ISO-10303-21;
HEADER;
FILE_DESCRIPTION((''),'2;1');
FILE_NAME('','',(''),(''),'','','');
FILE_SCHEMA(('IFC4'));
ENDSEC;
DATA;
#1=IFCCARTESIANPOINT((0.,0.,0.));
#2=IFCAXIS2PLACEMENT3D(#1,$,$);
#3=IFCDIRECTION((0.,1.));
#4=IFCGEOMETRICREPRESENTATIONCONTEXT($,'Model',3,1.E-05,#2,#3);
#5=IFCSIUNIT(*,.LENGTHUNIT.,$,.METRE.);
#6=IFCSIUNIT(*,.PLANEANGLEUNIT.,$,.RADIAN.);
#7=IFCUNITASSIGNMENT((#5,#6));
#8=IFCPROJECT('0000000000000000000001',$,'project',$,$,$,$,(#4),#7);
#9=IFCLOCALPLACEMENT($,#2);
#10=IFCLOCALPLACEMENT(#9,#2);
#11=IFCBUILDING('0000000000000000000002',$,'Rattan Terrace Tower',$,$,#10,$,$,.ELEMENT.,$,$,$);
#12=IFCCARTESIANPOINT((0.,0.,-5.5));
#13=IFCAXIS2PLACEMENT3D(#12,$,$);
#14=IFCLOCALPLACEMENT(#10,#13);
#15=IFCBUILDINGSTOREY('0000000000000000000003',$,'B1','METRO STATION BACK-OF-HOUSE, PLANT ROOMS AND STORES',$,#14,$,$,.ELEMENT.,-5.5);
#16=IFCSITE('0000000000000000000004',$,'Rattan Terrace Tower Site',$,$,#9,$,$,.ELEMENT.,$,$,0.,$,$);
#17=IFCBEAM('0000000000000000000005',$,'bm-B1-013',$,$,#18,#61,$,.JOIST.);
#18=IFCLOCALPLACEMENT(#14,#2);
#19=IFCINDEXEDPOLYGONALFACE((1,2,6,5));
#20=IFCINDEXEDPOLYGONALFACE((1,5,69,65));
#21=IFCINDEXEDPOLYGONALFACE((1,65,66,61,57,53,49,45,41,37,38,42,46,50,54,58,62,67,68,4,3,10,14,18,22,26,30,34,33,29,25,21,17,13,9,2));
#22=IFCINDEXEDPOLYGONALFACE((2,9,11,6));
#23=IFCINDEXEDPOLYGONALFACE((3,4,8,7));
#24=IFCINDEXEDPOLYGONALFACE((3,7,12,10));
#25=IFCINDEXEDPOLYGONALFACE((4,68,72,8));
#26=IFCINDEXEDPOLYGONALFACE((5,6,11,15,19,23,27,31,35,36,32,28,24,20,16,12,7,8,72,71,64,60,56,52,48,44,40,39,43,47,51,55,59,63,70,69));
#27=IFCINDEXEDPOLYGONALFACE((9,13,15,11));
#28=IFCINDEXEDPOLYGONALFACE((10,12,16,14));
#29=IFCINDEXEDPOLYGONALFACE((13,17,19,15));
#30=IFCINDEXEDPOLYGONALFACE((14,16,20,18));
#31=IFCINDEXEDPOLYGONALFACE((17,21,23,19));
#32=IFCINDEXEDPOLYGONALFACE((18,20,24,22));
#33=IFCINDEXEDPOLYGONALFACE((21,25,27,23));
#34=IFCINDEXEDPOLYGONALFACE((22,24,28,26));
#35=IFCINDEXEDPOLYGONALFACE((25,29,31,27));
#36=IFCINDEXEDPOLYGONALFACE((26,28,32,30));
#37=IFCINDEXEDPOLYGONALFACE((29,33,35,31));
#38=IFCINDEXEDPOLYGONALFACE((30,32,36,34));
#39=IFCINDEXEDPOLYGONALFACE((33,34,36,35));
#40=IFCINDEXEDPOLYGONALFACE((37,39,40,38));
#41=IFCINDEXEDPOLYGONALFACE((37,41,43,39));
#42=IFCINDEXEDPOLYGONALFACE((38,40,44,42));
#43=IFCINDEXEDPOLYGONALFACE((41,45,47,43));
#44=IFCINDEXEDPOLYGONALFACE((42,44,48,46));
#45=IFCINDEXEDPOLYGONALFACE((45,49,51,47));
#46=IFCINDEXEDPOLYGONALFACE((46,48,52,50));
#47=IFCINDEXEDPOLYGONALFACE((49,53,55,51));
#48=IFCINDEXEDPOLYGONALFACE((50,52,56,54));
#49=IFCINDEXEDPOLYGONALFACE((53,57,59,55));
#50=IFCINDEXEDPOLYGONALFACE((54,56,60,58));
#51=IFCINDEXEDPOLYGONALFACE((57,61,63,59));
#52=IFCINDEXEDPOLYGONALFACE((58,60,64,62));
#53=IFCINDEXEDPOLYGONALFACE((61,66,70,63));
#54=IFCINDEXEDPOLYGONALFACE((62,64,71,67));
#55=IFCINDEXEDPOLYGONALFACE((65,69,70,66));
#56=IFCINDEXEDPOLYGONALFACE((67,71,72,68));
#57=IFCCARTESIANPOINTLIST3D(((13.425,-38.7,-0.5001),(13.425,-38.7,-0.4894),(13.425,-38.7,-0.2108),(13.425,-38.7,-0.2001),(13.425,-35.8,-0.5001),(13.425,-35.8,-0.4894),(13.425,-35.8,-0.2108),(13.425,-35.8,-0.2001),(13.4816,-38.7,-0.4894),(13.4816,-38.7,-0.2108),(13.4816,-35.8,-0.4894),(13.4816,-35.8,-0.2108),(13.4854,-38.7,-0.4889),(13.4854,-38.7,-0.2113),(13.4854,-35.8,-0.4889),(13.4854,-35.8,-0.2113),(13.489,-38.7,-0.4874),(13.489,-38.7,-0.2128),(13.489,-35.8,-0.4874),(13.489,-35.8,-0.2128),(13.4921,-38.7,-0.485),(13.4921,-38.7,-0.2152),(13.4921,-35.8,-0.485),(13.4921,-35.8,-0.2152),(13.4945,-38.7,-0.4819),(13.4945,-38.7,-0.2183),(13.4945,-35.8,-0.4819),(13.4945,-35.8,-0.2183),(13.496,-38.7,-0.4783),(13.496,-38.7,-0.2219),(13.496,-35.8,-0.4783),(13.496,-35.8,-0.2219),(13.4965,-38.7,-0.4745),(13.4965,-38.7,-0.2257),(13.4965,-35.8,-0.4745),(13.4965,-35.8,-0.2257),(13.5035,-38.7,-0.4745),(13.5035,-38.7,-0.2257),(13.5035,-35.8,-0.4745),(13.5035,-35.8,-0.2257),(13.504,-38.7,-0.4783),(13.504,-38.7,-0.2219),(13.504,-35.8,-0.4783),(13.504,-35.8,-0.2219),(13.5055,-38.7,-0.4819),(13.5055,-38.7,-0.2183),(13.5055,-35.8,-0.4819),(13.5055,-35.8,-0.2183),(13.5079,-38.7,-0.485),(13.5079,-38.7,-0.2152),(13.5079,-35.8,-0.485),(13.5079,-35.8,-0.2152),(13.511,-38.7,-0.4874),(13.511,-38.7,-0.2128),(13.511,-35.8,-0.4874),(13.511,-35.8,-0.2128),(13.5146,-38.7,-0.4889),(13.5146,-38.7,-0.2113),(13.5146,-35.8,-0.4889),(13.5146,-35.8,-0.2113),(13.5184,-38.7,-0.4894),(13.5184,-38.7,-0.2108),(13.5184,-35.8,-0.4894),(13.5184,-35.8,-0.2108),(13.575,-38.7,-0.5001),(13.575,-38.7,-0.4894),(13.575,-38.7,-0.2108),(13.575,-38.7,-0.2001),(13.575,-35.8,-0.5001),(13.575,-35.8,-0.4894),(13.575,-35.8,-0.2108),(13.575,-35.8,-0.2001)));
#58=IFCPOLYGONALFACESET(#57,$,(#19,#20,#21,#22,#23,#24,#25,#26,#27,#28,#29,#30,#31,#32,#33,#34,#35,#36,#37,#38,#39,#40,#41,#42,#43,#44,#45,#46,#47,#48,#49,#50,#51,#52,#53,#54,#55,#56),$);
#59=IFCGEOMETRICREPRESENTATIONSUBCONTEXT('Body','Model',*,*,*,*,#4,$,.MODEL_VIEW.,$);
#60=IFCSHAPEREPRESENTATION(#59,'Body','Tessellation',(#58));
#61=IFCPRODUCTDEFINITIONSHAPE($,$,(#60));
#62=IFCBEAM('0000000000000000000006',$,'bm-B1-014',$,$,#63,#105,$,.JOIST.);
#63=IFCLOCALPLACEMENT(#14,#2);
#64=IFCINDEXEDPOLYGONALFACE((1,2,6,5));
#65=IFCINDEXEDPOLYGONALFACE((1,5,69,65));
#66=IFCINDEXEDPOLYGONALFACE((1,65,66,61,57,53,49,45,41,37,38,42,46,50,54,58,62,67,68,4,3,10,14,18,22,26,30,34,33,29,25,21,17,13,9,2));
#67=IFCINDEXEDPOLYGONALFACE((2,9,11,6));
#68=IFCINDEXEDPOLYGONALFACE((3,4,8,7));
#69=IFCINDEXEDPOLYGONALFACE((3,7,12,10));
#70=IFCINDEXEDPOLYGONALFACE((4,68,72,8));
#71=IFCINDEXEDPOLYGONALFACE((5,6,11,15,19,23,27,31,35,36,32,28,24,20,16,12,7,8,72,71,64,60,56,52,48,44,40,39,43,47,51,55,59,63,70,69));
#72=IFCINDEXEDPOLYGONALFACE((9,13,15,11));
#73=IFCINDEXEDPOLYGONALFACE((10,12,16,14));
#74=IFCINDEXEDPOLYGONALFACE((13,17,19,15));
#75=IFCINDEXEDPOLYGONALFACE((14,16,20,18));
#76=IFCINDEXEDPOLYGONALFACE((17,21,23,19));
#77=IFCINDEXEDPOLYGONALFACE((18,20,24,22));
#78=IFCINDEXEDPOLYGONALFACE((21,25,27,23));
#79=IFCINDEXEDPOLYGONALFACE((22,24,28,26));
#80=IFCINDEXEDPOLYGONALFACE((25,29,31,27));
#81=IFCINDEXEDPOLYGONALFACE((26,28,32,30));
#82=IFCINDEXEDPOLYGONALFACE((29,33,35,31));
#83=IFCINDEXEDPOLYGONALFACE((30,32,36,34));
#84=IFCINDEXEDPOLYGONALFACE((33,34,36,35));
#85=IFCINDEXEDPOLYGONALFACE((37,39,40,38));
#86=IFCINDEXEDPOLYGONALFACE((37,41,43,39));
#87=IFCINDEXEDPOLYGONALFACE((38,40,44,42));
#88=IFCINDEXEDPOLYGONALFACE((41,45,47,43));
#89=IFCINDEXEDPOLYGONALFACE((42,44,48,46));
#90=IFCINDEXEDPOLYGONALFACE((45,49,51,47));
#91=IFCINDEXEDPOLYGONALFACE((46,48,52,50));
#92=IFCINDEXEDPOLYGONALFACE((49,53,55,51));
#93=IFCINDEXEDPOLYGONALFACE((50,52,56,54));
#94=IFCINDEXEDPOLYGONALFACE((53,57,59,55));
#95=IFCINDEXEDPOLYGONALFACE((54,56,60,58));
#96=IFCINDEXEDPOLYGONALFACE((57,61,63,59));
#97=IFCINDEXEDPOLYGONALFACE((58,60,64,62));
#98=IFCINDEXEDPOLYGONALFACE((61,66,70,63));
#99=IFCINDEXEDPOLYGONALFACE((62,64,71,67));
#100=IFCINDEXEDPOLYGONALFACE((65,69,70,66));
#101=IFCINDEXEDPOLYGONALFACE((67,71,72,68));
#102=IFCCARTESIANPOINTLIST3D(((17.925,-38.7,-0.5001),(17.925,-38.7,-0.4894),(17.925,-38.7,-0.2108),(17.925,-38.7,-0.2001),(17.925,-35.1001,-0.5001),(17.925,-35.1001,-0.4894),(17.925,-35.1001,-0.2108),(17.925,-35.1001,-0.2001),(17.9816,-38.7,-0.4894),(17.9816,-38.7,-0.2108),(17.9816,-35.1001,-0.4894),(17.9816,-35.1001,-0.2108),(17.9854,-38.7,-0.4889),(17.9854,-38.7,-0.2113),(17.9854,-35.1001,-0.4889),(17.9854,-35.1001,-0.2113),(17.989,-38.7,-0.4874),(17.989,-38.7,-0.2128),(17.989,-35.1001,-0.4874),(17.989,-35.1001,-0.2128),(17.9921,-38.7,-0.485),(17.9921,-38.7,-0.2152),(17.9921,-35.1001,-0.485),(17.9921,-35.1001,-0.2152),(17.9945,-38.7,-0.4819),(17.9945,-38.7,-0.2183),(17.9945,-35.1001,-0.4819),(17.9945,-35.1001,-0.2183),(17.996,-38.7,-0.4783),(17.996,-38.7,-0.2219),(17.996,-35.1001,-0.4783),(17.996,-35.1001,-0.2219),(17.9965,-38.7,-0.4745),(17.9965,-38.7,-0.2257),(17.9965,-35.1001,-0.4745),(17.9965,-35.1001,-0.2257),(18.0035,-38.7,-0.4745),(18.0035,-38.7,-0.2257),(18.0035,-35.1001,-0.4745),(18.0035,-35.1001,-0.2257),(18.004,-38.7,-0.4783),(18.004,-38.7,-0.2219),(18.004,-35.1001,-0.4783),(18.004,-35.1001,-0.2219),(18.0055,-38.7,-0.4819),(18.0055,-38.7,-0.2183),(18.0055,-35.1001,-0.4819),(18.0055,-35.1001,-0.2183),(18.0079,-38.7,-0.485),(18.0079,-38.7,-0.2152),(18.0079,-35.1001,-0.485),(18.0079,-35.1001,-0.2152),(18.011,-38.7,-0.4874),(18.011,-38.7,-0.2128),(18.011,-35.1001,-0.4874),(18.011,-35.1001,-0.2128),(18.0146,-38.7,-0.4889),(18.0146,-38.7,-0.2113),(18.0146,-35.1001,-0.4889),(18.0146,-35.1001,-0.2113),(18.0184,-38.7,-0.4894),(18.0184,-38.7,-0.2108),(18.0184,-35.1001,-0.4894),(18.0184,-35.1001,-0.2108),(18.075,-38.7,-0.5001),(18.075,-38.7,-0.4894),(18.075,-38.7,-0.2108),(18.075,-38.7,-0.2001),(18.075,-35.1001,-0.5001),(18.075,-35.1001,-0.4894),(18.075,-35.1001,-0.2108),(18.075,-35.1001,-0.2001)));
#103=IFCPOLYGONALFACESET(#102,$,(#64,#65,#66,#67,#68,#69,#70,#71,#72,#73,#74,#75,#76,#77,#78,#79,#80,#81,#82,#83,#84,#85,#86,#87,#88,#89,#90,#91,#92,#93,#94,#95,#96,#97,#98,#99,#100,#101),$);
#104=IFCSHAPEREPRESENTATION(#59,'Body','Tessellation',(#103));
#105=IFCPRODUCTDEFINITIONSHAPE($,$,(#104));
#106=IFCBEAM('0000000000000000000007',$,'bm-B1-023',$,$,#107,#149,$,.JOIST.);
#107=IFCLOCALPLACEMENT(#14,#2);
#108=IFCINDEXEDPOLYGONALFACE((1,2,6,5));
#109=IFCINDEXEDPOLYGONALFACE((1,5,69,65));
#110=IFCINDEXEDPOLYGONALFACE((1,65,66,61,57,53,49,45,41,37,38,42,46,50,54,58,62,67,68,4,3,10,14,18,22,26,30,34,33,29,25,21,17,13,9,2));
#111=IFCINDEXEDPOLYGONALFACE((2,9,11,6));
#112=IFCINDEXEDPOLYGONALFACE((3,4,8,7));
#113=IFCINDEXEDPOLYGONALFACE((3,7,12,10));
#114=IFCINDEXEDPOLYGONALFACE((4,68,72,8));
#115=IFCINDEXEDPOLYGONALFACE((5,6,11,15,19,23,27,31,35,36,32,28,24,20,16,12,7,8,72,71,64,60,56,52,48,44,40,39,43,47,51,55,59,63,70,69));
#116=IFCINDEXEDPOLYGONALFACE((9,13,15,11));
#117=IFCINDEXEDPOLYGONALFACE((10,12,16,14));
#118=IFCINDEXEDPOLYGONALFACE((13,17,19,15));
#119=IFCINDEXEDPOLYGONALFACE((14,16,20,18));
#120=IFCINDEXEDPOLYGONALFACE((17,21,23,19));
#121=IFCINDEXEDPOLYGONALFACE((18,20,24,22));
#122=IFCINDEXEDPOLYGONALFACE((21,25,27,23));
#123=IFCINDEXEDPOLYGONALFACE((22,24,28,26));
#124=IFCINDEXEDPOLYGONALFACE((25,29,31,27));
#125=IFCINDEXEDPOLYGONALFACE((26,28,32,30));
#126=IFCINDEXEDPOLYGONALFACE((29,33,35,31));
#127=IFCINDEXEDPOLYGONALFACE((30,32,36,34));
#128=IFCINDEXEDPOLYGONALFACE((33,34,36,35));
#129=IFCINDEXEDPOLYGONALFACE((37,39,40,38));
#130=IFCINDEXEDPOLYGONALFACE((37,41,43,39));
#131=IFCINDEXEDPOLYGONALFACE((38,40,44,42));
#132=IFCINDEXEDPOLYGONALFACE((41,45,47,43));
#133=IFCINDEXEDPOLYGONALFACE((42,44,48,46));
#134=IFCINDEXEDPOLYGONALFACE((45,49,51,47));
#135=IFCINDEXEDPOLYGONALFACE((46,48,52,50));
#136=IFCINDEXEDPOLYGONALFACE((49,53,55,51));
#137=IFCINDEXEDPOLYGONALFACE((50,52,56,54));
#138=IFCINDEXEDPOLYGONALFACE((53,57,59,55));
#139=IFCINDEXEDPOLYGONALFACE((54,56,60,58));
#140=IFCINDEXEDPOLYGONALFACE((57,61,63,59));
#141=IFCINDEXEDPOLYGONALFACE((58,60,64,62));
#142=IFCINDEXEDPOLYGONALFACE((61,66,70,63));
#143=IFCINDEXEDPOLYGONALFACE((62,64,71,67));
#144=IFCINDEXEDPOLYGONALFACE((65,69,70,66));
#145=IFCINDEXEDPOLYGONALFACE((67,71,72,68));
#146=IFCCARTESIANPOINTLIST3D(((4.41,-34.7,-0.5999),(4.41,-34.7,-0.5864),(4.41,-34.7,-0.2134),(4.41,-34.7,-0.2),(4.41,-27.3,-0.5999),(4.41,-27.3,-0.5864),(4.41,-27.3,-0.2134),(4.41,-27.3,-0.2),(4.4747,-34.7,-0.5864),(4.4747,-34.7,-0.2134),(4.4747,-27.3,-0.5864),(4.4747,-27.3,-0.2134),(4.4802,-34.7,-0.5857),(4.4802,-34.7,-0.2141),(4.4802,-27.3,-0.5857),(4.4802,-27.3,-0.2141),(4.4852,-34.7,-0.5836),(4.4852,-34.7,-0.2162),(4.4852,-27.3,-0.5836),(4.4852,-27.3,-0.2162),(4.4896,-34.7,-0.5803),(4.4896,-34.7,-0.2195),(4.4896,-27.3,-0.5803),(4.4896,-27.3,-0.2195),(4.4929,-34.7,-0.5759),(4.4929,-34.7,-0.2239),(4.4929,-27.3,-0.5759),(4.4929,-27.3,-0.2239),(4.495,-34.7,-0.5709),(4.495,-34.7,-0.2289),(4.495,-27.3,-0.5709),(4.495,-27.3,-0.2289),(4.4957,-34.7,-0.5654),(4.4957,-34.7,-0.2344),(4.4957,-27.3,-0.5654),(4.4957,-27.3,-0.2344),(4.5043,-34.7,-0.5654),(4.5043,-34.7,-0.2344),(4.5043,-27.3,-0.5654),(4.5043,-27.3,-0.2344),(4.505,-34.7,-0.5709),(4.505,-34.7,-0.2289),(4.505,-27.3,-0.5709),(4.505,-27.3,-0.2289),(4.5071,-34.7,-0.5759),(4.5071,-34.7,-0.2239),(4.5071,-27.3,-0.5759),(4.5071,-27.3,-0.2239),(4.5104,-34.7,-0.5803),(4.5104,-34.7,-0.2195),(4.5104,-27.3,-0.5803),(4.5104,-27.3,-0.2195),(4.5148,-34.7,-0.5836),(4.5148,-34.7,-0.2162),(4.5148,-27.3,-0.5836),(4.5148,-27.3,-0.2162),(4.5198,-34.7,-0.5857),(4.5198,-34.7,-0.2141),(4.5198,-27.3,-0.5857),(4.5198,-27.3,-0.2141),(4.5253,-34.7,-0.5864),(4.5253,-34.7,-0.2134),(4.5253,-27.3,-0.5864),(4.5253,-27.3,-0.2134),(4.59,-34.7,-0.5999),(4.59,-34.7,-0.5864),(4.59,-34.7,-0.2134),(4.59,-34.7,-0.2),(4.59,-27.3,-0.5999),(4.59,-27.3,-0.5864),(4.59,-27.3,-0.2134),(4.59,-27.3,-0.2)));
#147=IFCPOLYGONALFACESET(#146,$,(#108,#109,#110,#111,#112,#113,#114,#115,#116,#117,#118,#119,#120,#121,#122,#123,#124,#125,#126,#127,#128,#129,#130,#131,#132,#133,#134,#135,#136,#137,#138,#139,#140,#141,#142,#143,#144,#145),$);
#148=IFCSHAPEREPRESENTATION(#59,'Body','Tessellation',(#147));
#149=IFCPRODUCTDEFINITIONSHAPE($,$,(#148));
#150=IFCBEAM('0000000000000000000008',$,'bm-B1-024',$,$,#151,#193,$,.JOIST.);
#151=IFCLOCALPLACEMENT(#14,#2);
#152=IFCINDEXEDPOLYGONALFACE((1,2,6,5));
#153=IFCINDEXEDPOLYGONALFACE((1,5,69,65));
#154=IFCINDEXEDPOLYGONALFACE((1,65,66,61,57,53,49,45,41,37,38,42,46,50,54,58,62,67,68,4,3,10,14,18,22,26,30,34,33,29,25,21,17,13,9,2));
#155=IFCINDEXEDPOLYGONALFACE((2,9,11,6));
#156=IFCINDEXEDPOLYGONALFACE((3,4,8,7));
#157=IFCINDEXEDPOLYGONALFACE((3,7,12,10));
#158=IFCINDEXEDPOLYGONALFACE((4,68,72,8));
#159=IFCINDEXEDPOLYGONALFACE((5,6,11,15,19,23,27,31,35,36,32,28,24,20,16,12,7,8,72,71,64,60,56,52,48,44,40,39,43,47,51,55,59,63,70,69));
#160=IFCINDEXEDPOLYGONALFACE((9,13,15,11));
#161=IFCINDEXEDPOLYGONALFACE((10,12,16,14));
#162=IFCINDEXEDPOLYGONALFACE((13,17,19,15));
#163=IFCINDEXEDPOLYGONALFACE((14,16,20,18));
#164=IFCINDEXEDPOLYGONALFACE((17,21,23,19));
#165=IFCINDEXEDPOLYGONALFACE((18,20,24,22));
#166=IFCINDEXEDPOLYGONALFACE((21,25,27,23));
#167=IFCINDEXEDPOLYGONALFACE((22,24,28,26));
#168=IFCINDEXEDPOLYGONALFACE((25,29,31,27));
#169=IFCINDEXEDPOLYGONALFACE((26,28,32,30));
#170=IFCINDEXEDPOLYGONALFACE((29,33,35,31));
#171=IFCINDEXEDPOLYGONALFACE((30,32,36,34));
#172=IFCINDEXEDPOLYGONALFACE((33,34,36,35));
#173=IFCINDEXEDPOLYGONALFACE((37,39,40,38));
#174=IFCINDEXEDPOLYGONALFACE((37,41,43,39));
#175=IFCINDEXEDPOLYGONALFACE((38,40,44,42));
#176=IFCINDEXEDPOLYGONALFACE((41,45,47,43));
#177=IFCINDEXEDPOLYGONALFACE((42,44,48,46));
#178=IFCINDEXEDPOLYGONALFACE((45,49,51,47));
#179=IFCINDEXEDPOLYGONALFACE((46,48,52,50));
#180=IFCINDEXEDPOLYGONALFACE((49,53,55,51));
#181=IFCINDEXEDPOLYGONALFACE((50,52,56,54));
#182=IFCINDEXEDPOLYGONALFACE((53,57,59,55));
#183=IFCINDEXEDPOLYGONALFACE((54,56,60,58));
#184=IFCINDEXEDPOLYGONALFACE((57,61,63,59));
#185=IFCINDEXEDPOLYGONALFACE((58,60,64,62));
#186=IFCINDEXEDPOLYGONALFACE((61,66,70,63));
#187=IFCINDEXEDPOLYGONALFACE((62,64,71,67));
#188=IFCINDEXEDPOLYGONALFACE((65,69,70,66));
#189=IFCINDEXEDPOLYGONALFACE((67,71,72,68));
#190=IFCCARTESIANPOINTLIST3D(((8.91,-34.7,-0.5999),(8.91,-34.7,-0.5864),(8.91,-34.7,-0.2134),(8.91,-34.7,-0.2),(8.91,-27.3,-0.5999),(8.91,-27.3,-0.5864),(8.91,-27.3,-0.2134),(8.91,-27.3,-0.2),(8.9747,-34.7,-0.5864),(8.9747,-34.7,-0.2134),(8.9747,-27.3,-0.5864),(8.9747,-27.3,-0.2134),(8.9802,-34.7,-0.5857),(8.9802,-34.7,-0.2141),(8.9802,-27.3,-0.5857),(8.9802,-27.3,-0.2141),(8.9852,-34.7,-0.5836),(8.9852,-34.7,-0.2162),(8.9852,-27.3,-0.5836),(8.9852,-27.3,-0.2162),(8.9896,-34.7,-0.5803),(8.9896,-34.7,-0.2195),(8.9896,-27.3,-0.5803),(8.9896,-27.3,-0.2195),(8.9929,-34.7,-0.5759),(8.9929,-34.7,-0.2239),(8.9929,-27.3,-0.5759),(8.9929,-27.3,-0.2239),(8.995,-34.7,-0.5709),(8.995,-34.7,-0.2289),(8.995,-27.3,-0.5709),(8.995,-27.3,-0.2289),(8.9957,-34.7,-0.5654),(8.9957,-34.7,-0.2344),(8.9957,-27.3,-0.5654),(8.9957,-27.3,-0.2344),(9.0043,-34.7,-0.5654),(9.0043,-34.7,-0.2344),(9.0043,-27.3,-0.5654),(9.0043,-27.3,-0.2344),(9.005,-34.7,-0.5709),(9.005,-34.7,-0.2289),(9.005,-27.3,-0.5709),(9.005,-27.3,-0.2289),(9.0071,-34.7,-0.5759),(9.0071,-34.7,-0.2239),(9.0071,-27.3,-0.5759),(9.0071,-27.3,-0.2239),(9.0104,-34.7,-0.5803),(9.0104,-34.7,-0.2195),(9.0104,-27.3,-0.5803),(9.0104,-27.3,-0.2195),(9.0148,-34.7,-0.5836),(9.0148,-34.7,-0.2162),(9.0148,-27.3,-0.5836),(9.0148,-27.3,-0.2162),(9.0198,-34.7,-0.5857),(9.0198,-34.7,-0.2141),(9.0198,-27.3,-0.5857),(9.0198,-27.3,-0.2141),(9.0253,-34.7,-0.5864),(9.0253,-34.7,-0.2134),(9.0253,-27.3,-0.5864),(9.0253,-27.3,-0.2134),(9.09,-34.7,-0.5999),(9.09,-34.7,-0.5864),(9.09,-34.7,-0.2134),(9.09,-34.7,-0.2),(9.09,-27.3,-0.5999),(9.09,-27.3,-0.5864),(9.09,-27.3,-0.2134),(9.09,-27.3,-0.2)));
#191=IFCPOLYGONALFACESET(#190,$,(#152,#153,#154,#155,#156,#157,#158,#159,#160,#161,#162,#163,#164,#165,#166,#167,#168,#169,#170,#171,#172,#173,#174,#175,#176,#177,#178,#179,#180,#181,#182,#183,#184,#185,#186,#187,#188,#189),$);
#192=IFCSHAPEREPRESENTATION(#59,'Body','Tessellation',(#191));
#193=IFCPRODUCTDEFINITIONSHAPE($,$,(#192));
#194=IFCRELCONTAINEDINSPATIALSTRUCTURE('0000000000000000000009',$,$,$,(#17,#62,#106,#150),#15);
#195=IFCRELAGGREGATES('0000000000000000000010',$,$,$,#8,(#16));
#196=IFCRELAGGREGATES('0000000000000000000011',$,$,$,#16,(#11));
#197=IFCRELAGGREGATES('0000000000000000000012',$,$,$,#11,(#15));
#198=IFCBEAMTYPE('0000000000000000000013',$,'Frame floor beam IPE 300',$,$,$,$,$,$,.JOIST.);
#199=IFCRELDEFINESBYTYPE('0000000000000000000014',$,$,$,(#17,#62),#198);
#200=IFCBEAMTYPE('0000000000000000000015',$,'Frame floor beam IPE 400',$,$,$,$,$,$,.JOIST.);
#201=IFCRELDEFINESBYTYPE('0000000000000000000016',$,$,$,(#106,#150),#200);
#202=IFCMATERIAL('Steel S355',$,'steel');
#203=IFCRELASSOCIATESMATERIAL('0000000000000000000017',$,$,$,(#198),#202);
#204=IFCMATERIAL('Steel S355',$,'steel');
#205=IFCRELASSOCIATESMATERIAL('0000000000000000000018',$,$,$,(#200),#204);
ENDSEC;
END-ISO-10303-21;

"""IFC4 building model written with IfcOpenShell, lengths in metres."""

from ifc_helpers import new_model, si_unit, direction, frame, origin, origin_2d, place, context, subcontext, project, spatial, i_section, extrude, material, material_profile, profile_set, type_object, element, save


model = new_model("IFC4")

# Units and contexts
model_context = context("Model", 3, precision=1e-05, world=origin(), true_north=direction((0.0, 1.0)))
body_context = subcontext(model_context, "Body", "Model", "MODEL_VIEW")
ifc_project = project(units=[si_unit("LENGTHUNIT", "METRE"), si_unit("PLANEANGLEUNIT", "RADIAN")], contexts=[model_context])

# Site, building, storey
site_placement = place(None, origin())
site = spatial("IfcSite", under=ifc_project, at=site_placement, Name="Rattan Terrace Tower Site", CompositionType="ELEMENT", RefElevation=0.0)
building_placement = place(site_placement, origin())
building = spatial("IfcBuilding", under=site, at=building_placement, Name="Rattan Terrace Tower", CompositionType="ELEMENT")
storey_placement = place(building_placement, frame((0.0, 0.0, -5.5)))
storey = spatial("IfcBuildingStorey", under=building, at=storey_placement, Name="B1", Description="METRO STATION BACK-OF-HOUSE, PLANT ROOMS AND STORES", CompositionType="ELEMENT", Elevation=-5.5)

# Beams
ifc_material_1 = material(Name="Steel S355", Category="steel")
ifc_material_profile_1 = material_profile(ifc_material_1, i_section(OverallWidth=0.1499, OverallDepth=0.3, WebThickness=0.0071, FlangeThickness=0.0107, FilletRadius=0.0149, at=origin_2d()), Name="IPE 300")
ifc_profile_set_1 = profile_set([ifc_material_profile_1], Name="Steel S355")
beam_type_1 = type_object("IfcBeamType", Name="Frame floor beam IPE 300", PredefinedType="JOIST", material=ifc_profile_set_1)
beam_1_placement = place(storey_placement, frame((13.5, -38.7, -0.3501), z_axis=(0.0, 1.0, 0.0), x_axis=(-1.0, 0.0, 0.0)))
element("IfcBeam", 1, at=beam_1_placement, inside=storey, type_object=beam_type_1, Name="bm-B1-013", PredefinedType="JOIST", context=body_context, shape_type="SweptSolid", body=[
    extrude(i_section(OverallWidth=0.1499, OverallDepth=0.3, WebThickness=0.0071, FlangeThickness=0.0107, FilletRadius=0.0149, at=origin_2d()), origin(), (0.0, 0.0, 1.0), 2.8999),
])
beam_2_placement = place(storey_placement, frame((18.0, -38.7, -0.3501), z_axis=(0.0, 1.0, 0.0), x_axis=(-1.0, 0.0, 0.0)))
element("IfcBeam", 2, at=beam_2_placement, inside=storey, type_object=beam_type_1, Name="bm-B1-014", PredefinedType="JOIST", context=body_context, shape_type="SweptSolid", body=[
    extrude(i_section(OverallWidth=0.1499, OverallDepth=0.3, WebThickness=0.0071, FlangeThickness=0.0107, FilletRadius=0.0149, at=origin_2d()), origin(), (0.0, 0.0, 1.0), 3.5999),
])
ifc_material_2 = material(Name="Steel S355", Category="steel")
ifc_material_profile_2 = material_profile(ifc_material_2, i_section(OverallWidth=0.1799, OverallDepth=0.3999, WebThickness=0.0085, FlangeThickness=0.0134, FilletRadius=0.021, at=origin_2d()), Name="IPE 400")
ifc_profile_set_2 = profile_set([ifc_material_profile_2], Name="Steel S355")
beam_type_2 = type_object("IfcBeamType", Name="Frame floor beam IPE 400", PredefinedType="JOIST", material=ifc_profile_set_2)
for number, where, z_axis, x_axis, name in (
    (3, (4.5, -34.7, -0.3999), (0.0, 1.0, 0.0), (-1.0, 0.0, 0.0), "bm-B1-023"),
    (4, (9.0, -34.7, -0.3999), (0.0, 1.0, 0.0), (-1.0, 0.0, 0.0), "bm-B1-024"),
):
    element("IfcBeam", number, at=place(storey_placement, frame(where, z_axis=z_axis, x_axis=x_axis)), inside=storey, type_object=beam_type_2, Name=name, PredefinedType="JOIST", context=body_context, shape_type="SweptSolid", body=[
        extrude(i_section(OverallWidth=0.1799, OverallDepth=0.3999, WebThickness=0.0085, FlangeThickness=0.0134, FilletRadius=0.021, at=origin_2d()), origin(), (0.0, 0.0, 1.0), 7.3999),
    ])

save(model, "model.ifc")
